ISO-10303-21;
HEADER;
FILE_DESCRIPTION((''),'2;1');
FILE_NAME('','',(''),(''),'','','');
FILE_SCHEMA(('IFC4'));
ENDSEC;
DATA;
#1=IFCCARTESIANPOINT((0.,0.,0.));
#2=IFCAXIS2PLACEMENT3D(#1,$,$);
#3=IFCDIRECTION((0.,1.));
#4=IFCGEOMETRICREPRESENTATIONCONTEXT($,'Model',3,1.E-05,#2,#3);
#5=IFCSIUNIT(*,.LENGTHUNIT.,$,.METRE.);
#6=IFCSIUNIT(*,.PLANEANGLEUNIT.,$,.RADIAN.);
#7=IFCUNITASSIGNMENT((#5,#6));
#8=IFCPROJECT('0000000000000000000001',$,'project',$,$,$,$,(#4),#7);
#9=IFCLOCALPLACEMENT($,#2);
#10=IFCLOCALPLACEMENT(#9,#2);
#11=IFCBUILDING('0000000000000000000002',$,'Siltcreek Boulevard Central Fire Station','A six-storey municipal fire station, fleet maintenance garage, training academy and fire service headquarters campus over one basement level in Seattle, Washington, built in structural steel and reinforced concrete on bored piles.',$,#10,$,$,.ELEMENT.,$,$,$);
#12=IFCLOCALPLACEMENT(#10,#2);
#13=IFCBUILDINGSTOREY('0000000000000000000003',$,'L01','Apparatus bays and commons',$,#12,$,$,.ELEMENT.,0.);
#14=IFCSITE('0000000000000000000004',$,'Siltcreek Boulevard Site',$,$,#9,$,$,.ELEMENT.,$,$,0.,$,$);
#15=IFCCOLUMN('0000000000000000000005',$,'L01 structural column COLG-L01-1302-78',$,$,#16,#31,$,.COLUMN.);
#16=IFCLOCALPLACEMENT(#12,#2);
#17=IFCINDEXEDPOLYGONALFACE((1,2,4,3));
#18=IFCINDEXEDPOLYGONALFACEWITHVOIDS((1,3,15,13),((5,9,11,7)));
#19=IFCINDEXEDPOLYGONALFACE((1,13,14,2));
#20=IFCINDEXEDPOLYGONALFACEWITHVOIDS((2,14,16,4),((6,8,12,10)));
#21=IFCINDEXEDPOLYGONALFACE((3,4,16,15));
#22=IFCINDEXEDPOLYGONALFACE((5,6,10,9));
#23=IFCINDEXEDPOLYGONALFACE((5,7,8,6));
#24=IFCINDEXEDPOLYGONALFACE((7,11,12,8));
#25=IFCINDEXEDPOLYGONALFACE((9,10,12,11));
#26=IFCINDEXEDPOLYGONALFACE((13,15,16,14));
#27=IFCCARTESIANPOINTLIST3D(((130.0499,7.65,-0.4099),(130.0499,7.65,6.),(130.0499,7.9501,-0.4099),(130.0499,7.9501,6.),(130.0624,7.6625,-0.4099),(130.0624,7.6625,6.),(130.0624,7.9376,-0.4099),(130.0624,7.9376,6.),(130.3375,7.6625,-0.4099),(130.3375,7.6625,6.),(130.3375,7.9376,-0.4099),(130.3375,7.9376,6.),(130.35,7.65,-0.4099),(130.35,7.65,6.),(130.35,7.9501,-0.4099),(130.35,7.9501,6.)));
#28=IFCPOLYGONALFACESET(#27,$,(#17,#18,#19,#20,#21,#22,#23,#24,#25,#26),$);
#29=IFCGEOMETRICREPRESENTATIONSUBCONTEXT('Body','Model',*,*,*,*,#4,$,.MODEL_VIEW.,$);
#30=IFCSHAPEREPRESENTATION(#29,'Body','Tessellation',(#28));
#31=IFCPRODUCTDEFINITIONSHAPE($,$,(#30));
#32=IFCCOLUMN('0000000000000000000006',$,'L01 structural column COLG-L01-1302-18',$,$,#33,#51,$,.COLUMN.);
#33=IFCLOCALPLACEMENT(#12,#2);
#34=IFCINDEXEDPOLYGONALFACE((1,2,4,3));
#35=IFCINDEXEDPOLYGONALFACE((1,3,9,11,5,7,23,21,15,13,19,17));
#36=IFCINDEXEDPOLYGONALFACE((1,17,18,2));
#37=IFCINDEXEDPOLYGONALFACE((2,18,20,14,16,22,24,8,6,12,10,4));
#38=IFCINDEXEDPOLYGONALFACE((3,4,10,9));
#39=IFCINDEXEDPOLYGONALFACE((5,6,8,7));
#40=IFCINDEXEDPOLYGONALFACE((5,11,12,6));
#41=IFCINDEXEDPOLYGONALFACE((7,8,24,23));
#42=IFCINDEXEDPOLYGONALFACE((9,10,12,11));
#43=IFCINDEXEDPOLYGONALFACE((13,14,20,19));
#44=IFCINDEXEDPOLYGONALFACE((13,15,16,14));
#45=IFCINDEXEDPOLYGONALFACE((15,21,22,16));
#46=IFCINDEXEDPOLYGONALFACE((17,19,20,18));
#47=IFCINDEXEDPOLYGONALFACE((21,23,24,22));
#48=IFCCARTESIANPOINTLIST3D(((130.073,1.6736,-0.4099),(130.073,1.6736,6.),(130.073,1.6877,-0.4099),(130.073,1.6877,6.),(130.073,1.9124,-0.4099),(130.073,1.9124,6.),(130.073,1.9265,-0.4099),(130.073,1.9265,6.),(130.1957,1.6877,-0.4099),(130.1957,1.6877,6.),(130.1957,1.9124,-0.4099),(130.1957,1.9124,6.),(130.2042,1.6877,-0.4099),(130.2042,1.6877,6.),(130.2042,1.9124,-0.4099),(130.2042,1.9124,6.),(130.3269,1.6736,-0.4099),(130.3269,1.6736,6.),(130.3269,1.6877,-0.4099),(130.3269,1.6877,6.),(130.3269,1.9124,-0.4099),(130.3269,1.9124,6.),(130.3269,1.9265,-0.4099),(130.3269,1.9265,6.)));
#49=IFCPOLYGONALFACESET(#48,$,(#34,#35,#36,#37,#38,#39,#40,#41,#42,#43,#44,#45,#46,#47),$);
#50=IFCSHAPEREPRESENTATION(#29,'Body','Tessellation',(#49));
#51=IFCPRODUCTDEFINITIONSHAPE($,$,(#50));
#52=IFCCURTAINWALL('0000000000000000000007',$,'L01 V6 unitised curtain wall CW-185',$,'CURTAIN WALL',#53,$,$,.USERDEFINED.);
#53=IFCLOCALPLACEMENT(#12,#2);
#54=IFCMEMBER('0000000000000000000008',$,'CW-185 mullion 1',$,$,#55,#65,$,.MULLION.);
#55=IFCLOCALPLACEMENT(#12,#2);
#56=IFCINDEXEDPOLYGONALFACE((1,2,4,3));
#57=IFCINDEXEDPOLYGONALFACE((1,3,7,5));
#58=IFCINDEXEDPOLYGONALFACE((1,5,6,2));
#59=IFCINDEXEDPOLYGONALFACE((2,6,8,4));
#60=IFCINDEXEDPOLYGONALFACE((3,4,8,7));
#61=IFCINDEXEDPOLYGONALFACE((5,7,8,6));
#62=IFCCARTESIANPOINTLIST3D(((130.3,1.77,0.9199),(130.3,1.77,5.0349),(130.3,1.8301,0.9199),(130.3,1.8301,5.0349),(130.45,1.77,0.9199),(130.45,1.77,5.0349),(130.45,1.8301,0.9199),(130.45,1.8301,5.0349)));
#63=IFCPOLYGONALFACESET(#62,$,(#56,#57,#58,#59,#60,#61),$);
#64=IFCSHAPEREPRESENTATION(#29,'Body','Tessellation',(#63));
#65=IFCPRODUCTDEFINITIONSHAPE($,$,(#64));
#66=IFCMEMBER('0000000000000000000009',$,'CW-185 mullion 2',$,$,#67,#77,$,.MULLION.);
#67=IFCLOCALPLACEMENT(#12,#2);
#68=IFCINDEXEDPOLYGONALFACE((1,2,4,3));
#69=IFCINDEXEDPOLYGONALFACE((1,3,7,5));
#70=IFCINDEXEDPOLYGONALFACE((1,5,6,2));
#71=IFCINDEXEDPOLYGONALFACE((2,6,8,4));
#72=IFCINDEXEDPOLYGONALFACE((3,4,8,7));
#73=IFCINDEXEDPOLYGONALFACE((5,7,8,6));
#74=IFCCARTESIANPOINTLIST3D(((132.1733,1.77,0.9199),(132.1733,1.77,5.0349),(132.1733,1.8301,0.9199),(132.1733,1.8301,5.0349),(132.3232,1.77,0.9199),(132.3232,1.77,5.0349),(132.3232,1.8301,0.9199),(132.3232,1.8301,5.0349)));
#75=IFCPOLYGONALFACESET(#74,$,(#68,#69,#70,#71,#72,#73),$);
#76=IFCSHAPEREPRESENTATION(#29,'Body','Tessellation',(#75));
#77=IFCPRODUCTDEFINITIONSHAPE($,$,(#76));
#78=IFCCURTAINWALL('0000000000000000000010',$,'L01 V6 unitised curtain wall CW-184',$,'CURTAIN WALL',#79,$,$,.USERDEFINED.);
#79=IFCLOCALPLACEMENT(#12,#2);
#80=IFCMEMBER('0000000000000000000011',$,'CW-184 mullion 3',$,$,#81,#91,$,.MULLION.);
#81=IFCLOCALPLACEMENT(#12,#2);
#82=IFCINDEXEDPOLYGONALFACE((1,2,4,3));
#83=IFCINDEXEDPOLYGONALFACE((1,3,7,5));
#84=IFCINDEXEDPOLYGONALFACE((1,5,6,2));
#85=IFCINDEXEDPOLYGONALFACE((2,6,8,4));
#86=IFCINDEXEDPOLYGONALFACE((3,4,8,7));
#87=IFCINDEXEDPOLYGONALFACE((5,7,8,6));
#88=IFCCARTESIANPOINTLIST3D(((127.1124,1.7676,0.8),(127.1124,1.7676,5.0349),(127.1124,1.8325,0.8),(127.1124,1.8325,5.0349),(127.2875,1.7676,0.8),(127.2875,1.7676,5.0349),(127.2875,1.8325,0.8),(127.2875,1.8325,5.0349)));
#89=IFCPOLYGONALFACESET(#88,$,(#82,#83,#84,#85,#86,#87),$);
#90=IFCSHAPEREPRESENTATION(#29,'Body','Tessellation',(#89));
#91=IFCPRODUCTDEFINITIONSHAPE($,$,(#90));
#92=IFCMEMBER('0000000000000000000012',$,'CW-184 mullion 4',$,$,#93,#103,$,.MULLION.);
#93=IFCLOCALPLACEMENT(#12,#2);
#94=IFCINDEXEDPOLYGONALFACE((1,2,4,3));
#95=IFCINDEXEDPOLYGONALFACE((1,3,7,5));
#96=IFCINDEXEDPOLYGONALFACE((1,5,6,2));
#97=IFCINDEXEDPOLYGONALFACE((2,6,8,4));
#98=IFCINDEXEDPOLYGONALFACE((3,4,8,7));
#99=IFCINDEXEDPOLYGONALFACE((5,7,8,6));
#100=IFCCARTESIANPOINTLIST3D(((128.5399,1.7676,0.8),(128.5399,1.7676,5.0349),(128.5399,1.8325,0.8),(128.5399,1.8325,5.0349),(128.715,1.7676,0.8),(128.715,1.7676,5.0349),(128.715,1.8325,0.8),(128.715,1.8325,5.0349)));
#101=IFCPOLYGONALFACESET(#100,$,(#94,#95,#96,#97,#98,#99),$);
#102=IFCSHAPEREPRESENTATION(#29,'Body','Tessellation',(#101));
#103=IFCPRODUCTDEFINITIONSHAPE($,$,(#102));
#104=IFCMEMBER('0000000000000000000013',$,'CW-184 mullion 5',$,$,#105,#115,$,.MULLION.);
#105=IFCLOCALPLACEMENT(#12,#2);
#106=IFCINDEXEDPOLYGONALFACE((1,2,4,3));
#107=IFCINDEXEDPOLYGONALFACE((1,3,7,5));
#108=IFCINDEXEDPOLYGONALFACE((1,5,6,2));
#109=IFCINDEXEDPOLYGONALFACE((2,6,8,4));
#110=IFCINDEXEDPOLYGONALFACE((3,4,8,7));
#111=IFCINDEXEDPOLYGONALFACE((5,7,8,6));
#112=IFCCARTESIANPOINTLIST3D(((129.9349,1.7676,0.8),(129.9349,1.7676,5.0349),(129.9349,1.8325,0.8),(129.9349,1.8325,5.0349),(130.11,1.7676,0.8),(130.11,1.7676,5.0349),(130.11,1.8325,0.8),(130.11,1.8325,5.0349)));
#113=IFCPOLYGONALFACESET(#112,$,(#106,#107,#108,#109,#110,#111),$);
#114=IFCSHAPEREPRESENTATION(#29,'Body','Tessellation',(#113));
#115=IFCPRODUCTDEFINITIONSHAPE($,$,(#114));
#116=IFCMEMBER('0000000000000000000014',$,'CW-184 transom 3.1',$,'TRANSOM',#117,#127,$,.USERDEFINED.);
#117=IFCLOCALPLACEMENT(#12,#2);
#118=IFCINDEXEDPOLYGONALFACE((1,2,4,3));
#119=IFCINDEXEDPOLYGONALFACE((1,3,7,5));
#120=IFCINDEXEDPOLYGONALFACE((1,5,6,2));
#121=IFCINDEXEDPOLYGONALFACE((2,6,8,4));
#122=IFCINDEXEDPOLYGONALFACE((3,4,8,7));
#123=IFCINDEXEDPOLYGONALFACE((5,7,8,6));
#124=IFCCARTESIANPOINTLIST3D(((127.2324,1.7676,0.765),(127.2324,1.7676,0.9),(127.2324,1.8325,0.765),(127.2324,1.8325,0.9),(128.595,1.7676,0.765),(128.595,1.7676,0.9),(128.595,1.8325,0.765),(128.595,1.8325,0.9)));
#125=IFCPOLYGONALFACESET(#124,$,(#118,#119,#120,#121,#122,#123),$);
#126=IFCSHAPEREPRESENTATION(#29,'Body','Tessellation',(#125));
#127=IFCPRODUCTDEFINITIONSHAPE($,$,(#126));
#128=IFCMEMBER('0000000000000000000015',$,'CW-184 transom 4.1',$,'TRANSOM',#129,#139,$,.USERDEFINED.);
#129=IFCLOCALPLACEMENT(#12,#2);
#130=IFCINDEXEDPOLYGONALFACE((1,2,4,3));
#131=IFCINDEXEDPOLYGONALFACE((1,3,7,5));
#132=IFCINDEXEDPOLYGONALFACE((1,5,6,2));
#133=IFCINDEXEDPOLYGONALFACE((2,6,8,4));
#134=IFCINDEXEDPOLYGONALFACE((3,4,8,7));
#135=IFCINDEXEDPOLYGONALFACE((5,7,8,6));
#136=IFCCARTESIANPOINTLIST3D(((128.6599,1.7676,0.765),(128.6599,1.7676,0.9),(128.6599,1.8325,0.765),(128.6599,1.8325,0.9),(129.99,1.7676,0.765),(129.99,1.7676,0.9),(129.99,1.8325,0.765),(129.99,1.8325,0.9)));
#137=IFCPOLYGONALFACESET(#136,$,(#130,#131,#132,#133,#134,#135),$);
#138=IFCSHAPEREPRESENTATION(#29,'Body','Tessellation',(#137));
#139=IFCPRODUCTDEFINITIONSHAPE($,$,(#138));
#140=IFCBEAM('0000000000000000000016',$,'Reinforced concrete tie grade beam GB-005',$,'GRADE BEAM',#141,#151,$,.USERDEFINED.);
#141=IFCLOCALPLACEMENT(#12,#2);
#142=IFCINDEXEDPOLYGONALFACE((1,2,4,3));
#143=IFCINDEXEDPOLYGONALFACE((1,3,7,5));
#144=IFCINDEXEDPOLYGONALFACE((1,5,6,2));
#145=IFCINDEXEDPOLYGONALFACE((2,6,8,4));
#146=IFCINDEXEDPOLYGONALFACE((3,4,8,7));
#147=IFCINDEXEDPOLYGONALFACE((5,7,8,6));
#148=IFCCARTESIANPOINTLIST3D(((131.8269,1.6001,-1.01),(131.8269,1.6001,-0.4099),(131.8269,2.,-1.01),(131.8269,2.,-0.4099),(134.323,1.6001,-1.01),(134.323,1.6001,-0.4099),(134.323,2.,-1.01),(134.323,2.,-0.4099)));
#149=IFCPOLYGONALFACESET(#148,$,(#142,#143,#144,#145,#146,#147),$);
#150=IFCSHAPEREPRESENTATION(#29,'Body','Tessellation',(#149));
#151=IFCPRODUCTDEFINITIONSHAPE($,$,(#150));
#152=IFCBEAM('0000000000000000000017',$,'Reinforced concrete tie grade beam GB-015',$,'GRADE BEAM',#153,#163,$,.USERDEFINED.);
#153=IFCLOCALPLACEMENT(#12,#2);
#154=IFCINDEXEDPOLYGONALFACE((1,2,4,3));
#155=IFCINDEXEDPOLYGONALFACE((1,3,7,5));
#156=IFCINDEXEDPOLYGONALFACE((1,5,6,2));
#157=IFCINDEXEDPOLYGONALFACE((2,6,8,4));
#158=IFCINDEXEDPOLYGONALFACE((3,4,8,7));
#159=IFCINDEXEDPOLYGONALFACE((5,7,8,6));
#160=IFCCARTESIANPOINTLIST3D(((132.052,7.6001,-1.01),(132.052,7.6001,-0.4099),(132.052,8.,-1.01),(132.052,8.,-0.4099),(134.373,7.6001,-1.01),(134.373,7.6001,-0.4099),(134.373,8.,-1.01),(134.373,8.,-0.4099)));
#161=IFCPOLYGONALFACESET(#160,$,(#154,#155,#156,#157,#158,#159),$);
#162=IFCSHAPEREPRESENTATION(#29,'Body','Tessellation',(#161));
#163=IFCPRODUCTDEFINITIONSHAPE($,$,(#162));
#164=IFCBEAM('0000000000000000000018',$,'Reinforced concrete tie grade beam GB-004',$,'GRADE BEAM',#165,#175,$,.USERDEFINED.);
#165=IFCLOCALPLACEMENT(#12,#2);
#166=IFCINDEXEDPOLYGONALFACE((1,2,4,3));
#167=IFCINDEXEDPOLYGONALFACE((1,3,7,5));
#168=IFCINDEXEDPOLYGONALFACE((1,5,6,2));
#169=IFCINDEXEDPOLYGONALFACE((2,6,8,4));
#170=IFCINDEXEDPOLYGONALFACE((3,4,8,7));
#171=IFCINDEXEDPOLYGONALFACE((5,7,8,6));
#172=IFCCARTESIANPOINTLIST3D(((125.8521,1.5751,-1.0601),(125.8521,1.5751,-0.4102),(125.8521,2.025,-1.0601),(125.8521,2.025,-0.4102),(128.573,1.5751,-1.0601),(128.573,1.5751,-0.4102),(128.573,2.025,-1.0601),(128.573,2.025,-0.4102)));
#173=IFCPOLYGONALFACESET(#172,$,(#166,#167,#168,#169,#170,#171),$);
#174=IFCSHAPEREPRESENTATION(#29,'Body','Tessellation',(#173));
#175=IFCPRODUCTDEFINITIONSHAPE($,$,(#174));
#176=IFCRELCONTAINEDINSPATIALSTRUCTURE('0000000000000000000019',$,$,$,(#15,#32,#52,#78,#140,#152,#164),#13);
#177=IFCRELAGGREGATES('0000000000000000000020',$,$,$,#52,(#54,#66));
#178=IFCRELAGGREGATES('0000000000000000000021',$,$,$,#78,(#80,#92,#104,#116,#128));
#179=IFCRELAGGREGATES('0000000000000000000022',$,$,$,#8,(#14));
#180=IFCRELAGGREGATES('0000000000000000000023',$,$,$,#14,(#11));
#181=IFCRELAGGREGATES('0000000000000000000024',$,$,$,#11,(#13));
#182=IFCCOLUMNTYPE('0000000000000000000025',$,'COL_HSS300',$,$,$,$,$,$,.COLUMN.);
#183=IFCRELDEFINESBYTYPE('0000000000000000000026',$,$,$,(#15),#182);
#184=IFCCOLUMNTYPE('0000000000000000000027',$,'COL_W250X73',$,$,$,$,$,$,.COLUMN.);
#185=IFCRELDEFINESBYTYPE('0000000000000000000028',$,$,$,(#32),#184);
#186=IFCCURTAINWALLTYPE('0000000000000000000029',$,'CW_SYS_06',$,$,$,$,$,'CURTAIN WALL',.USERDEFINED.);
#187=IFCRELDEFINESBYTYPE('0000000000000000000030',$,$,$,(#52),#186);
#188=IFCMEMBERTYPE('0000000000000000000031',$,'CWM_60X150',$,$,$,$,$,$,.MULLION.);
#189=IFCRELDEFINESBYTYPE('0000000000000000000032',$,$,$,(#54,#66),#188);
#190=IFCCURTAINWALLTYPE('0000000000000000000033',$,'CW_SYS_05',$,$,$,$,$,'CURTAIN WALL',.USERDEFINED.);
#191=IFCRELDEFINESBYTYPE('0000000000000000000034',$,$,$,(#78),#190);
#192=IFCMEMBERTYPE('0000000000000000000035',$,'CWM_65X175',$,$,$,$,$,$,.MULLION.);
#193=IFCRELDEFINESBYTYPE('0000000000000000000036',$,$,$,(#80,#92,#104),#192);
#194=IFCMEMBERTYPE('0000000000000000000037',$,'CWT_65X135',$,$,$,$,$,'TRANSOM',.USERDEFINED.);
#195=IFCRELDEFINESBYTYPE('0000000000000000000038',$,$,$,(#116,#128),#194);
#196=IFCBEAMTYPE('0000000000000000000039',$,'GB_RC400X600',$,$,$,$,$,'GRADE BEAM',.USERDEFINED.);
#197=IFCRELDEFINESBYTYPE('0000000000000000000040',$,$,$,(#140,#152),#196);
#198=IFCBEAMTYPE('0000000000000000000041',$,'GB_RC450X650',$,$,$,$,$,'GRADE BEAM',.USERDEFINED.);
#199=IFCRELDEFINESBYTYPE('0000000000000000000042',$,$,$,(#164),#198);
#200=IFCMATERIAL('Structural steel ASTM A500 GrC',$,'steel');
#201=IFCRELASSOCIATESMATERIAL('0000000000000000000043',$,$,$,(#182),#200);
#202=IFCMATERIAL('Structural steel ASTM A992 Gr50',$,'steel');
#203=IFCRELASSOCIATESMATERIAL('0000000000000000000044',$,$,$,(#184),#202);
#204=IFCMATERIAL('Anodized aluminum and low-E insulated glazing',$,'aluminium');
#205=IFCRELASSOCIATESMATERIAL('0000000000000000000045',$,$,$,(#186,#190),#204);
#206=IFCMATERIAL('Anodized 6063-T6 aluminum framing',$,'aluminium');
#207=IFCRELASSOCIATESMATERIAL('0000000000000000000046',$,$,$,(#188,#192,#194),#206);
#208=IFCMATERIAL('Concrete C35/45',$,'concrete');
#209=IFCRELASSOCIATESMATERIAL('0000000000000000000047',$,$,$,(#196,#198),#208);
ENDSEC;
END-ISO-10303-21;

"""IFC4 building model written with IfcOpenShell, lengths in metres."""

from ifc_helpers import new_model, si_unit, direction, frame, origin, origin_2d, place, context, subcontext, project, spatial, rectangle, hollow_rectangle, i_section, extrude, material, material_profile, profile_set, type_object, element, aggregate, save


model = new_model("IFC4")

# Units and contexts
model_context = context("Model", 3, precision=1e-05, world=origin(), true_north=direction((0.0, 1.0)))
body_context = subcontext(model_context, "Body", "Model", "MODEL_VIEW")
ifc_project = project(units=[si_unit("LENGTHUNIT", "METRE"), si_unit("PLANEANGLEUNIT", "RADIAN")], contexts=[model_context])

# Site, building, storey
site_placement = place(None, origin())
site = spatial("IfcSite", under=ifc_project, at=site_placement, Name="Siltcreek Boulevard Site", CompositionType="ELEMENT", RefElevation=0.0)
building_placement = place(site_placement, origin())
building = spatial("IfcBuilding", under=site, at=building_placement, Name="Siltcreek Boulevard Central Fire Station", Description="A six-storey municipal fire station, fleet maintenance garage, training academy and fire service headquarters campus over one basement level in Seattle, Washington, built in structural steel and reinforced concrete on bored piles.", CompositionType="ELEMENT")
storey_placement = place(building_placement, origin())
storey = spatial("IfcBuildingStorey", under=building, at=storey_placement, Name="L01", Description="Apparatus bays and commons", CompositionType="ELEMENT", Elevation=0.0)

# Shared definitions
ifc_material_1 = material(Name="Concrete C35/45", Category="concrete")

# Columns
ifc_material_2 = material(Name="Structural steel ASTM A500 GrC", Category="steel")
ifc_material_profile_1 = material_profile(ifc_material_2, hollow_rectangle(XDim=0.3, YDim=0.3, WallThickness=0.0125, at=origin_2d()), Name="HSS300X300X12.5")
ifc_profile_set_1 = profile_set([ifc_material_profile_1], Name="Structural steel ASTM A500 GrC")
column_type_1 = type_object("IfcColumnType", Name="COL_HSS300", PredefinedType="COLUMN", material=ifc_profile_set_1)
column_1_placement = place(storey_placement, frame((130.2, 7.8, -0.4099), z_axis=(0.0, 0.0, 1.0), x_axis=(1.0, 0.0, 0.0)))
element("IfcColumn", 1, at=column_1_placement, inside=storey, type_object=column_type_1, Name="L01 structural column COLG-L01-1302-78", PredefinedType="COLUMN", context=body_context, shape_type="SweptSolid", body=[
    extrude(hollow_rectangle(XDim=0.3, YDim=0.3, WallThickness=0.0125, at=origin_2d()), origin(), (0.0, 0.0, 1.0), 6.4099),
])
ifc_material_3 = material(Name="Structural steel ASTM A992 Gr50", Category="steel")
ifc_material_profile_2 = material_profile(ifc_material_3, i_section(OverallWidth=0.2539, OverallDepth=0.2529, WebThickness=0.0085, FlangeThickness=0.0142, at=origin_2d()), Name="W250X73")
ifc_profile_set_2 = profile_set([ifc_material_profile_2], Name="Structural steel ASTM A992 Gr50")
column_type_2 = type_object("IfcColumnType", Name="COL_W250X73", PredefinedType="COLUMN", material=ifc_profile_set_2)
column_2_placement = place(storey_placement, frame((130.2, 1.8, -0.4099), z_axis=(0.0, 0.0, 1.0), x_axis=(1.0, 0.0, 0.0)))
element("IfcColumn", 2, at=column_2_placement, inside=storey, type_object=column_type_2, Name="L01 structural column COLG-L01-1302-18", PredefinedType="COLUMN", context=body_context, shape_type="SweptSolid", body=[
    extrude(i_section(OverallWidth=0.2539, OverallDepth=0.2529, WebThickness=0.0085, FlangeThickness=0.0142, at=origin_2d()), origin(), (0.0, 0.0, 1.0), 6.4099),
])

# Curtain walls, members
ifc_material_4 = material(Name="Anodized aluminum and low-E insulated glazing", Category="aluminium")
curtain_wall_type_1 = type_object("IfcCurtainWallType", Name="CW_SYS_06", ElementType="CURTAIN WALL", PredefinedType="USERDEFINED", material=ifc_material_4)
curtain_wall_1_placement = place(storey_placement, origin())
curtain_wall_1 = element("IfcCurtainWall", 3, at=curtain_wall_1_placement, inside=storey, type_object=curtain_wall_type_1, Name="L01 V6 unitised curtain wall CW-185", ObjectType="CURTAIN WALL", PredefinedType="USERDEFINED")
ifc_material_5 = material(Name="Anodized 6063-T6 aluminum framing", Category="aluminium")
ifc_material_profile_3 = material_profile(ifc_material_5, rectangle(XDim=0.0601, YDim=0.1499, at=origin_2d()), Name="MULL60X150")
ifc_profile_set_3 = profile_set([ifc_material_profile_3], Name="Anodized 6063-T6 aluminum framing")
member_type_1 = type_object("IfcMemberType", Name="CWM_60X150", PredefinedType="MULLION", material=ifc_profile_set_3)
member_1_placement = place(storey_placement, frame((130.375, 1.8, 0.9199), z_axis=(0.0, 0.0, 1.0), x_axis=(0.0, 1.0, 0.0)))
member_1 = element("IfcMember", 4, at=member_1_placement, type_object=member_type_1, Name="CW-185 mullion 1", PredefinedType="MULLION", context=body_context, shape_type="SweptSolid", body=[
    extrude(rectangle(XDim=0.0601, YDim=0.1499, at=origin_2d()), origin(), (0.0, 0.0, 1.0), 4.115),
])
member_2_placement = place(storey_placement, frame((132.2483, 1.8, 0.9199), z_axis=(0.0, 0.0, 1.0), x_axis=(0.0, 1.0, 0.0)))
member_2 = element("IfcMember", 5, at=member_2_placement, type_object=member_type_1, Name="CW-185 mullion 2", PredefinedType="MULLION", context=body_context, shape_type="SweptSolid", body=[
    extrude(rectangle(XDim=0.0601, YDim=0.1499, at=origin_2d()), origin(), (0.0, 0.0, 1.0), 4.115),
])
aggregate(curtain_wall_1, [member_1, member_2])
curtain_wall_type_2 = type_object("IfcCurtainWallType", Name="CW_SYS_05", ElementType="CURTAIN WALL", PredefinedType="USERDEFINED", material=ifc_material_4)
curtain_wall_2_placement = place(storey_placement, origin())
curtain_wall_2 = element("IfcCurtainWall", 6, at=curtain_wall_2_placement, inside=storey, type_object=curtain_wall_type_2, Name="L01 V6 unitised curtain wall CW-184", ObjectType="CURTAIN WALL", PredefinedType="USERDEFINED")
ifc_material_profile_4 = material_profile(ifc_material_5, rectangle(XDim=0.0649, YDim=0.175, at=origin_2d()), Name="MULL65X175")
ifc_profile_set_4 = profile_set([ifc_material_profile_4], Name="Anodized 6063-T6 aluminum framing")
member_type_2 = type_object("IfcMemberType", Name="CWM_65X175", PredefinedType="MULLION", material=ifc_profile_set_4)
member_3_placement = place(storey_placement, frame((127.2, 1.8, 0.8), z_axis=(0.0, 0.0, 1.0), x_axis=(0.0, 1.0, 0.0)))
member_3 = element("IfcMember", 7, at=member_3_placement, type_object=member_type_2, Name="CW-184 mullion 3", PredefinedType="MULLION", context=body_context, shape_type="SweptSolid", body=[
    extrude(rectangle(XDim=0.0649, YDim=0.175, at=origin_2d()), origin(), (0.0, 0.0, 1.0), 4.2349),
])
member_4_placement = place(storey_placement, frame((128.6274, 1.8, 0.8), z_axis=(0.0, 0.0, 1.0), x_axis=(0.0, 1.0, 0.0)))
member_4 = element("IfcMember", 8, at=member_4_placement, type_object=member_type_2, Name="CW-184 mullion 4", PredefinedType="MULLION", context=body_context, shape_type="SweptSolid", body=[
    extrude(rectangle(XDim=0.0649, YDim=0.175, at=origin_2d()), origin(), (0.0, 0.0, 1.0), 4.2349),
])
member_5_placement = place(storey_placement, frame((130.0225, 1.8, 0.8), z_axis=(0.0, 0.0, 1.0), x_axis=(0.0, 1.0, 0.0)))
member_5 = element("IfcMember", 9, at=member_5_placement, type_object=member_type_2, Name="CW-184 mullion 5", PredefinedType="MULLION", context=body_context, shape_type="SweptSolid", body=[
    extrude(rectangle(XDim=0.0649, YDim=0.175, at=origin_2d()), origin(), (0.0, 0.0, 1.0), 4.2349),
])
ifc_material_profile_5 = material_profile(ifc_material_5, rectangle(XDim=0.0649, YDim=0.135, at=origin_2d()), Name="TRAN65X135")
ifc_profile_set_5 = profile_set([ifc_material_profile_5], Name="Anodized 6063-T6 aluminum framing")
member_type_3 = type_object("IfcMemberType", Name="CWT_65X135", ElementType="TRANSOM", PredefinedType="USERDEFINED", material=ifc_profile_set_5)
member_6_placement = place(storey_placement, frame((127.2324, 1.8, 0.8325), z_axis=(1.0, 0.0, 0.0), x_axis=(0.0, 1.0, 0.0)))
member_6 = element("IfcMember", 10, at=member_6_placement, type_object=member_type_3, Name="CW-184 transom 3.1", ObjectType="TRANSOM", PredefinedType="USERDEFINED", context=body_context, shape_type="SweptSolid", body=[
    extrude(rectangle(XDim=0.0649, YDim=0.135, at=origin_2d()), origin(), (0.0, 0.0, 1.0), 1.3625),
])
member_7_placement = place(storey_placement, frame((128.6599, 1.8, 0.8325), z_axis=(1.0, 0.0, 0.0), x_axis=(0.0, 1.0, 0.0)))
member_7 = element("IfcMember", 11, at=member_7_placement, type_object=member_type_3, Name="CW-184 transom 4.1", ObjectType="TRANSOM", PredefinedType="USERDEFINED", context=body_context, shape_type="SweptSolid", body=[
    extrude(rectangle(XDim=0.0649, YDim=0.135, at=origin_2d()), origin(), (0.0, 0.0, 1.0), 1.3301),
])

# Beams
ifc_material_profile_6 = material_profile(ifc_material_1, rectangle(XDim=0.3999, YDim=0.6001, at=origin_2d()), Name="RC400X600")
ifc_profile_set_6 = profile_set([ifc_material_profile_6], Name="Concrete C35/45")
beam_type_1 = type_object("IfcBeamType", Name="GB_RC400X600", ElementType="GRADE BEAM", PredefinedType="USERDEFINED", material=ifc_profile_set_6)
beam_1_placement = place(storey_placement, frame((131.8269, 1.8, -0.71), z_axis=(1.0, 0.0, 0.0), x_axis=(0.0, 1.0, 0.0)))
element("IfcBeam", 12, at=beam_1_placement, inside=storey, type_object=beam_type_1, Name="Reinforced concrete tie grade beam GB-005", ObjectType="GRADE BEAM", PredefinedType="USERDEFINED", context=body_context, shape_type="SweptSolid", body=[
    extrude(rectangle(XDim=0.3999, YDim=0.6001, at=origin_2d()), origin(), (0.0, 0.0, 1.0), 2.4961),
])
beam_2_placement = place(storey_placement, frame((132.052, 7.8, -0.71), z_axis=(1.0, 0.0, 0.0), x_axis=(0.0, 1.0, 0.0)))
element("IfcBeam", 13, at=beam_2_placement, inside=storey, type_object=beam_type_1, Name="Reinforced concrete tie grade beam GB-015", ObjectType="GRADE BEAM", PredefinedType="USERDEFINED", context=body_context, shape_type="SweptSolid", body=[
    extrude(rectangle(XDim=0.3999, YDim=0.6001, at=origin_2d()), origin(), (0.0, 0.0, 1.0), 2.321),
])
ifc_material_profile_7 = material_profile(ifc_material_1, rectangle(XDim=0.45, YDim=0.6499, at=origin_2d()), Name="RC450X650")
ifc_profile_set_7 = profile_set([ifc_material_profile_7], Name="Concrete C35/45")
beam_type_2 = type_object("IfcBeamType", Name="GB_RC450X650", ElementType="GRADE BEAM", PredefinedType="USERDEFINED", material=ifc_profile_set_7)
beam_3_placement = place(storey_placement, frame((125.8521, 1.8, -0.7351), z_axis=(1.0, 0.0, 0.0), x_axis=(0.0, 1.0, 0.0)))
element("IfcBeam", 14, at=beam_3_placement, inside=storey, type_object=beam_type_2, Name="Reinforced concrete tie grade beam GB-004", ObjectType="GRADE BEAM", PredefinedType="USERDEFINED", context=body_context, shape_type="SweptSolid", body=[
    extrude(rectangle(XDim=0.45, YDim=0.6499, at=origin_2d()), origin(), (0.0, 0.0, 1.0), 2.7209),
])

aggregate(curtain_wall_2, [member_3, member_4, member_5, member_6, member_7])

save(model, "model.ifc")
